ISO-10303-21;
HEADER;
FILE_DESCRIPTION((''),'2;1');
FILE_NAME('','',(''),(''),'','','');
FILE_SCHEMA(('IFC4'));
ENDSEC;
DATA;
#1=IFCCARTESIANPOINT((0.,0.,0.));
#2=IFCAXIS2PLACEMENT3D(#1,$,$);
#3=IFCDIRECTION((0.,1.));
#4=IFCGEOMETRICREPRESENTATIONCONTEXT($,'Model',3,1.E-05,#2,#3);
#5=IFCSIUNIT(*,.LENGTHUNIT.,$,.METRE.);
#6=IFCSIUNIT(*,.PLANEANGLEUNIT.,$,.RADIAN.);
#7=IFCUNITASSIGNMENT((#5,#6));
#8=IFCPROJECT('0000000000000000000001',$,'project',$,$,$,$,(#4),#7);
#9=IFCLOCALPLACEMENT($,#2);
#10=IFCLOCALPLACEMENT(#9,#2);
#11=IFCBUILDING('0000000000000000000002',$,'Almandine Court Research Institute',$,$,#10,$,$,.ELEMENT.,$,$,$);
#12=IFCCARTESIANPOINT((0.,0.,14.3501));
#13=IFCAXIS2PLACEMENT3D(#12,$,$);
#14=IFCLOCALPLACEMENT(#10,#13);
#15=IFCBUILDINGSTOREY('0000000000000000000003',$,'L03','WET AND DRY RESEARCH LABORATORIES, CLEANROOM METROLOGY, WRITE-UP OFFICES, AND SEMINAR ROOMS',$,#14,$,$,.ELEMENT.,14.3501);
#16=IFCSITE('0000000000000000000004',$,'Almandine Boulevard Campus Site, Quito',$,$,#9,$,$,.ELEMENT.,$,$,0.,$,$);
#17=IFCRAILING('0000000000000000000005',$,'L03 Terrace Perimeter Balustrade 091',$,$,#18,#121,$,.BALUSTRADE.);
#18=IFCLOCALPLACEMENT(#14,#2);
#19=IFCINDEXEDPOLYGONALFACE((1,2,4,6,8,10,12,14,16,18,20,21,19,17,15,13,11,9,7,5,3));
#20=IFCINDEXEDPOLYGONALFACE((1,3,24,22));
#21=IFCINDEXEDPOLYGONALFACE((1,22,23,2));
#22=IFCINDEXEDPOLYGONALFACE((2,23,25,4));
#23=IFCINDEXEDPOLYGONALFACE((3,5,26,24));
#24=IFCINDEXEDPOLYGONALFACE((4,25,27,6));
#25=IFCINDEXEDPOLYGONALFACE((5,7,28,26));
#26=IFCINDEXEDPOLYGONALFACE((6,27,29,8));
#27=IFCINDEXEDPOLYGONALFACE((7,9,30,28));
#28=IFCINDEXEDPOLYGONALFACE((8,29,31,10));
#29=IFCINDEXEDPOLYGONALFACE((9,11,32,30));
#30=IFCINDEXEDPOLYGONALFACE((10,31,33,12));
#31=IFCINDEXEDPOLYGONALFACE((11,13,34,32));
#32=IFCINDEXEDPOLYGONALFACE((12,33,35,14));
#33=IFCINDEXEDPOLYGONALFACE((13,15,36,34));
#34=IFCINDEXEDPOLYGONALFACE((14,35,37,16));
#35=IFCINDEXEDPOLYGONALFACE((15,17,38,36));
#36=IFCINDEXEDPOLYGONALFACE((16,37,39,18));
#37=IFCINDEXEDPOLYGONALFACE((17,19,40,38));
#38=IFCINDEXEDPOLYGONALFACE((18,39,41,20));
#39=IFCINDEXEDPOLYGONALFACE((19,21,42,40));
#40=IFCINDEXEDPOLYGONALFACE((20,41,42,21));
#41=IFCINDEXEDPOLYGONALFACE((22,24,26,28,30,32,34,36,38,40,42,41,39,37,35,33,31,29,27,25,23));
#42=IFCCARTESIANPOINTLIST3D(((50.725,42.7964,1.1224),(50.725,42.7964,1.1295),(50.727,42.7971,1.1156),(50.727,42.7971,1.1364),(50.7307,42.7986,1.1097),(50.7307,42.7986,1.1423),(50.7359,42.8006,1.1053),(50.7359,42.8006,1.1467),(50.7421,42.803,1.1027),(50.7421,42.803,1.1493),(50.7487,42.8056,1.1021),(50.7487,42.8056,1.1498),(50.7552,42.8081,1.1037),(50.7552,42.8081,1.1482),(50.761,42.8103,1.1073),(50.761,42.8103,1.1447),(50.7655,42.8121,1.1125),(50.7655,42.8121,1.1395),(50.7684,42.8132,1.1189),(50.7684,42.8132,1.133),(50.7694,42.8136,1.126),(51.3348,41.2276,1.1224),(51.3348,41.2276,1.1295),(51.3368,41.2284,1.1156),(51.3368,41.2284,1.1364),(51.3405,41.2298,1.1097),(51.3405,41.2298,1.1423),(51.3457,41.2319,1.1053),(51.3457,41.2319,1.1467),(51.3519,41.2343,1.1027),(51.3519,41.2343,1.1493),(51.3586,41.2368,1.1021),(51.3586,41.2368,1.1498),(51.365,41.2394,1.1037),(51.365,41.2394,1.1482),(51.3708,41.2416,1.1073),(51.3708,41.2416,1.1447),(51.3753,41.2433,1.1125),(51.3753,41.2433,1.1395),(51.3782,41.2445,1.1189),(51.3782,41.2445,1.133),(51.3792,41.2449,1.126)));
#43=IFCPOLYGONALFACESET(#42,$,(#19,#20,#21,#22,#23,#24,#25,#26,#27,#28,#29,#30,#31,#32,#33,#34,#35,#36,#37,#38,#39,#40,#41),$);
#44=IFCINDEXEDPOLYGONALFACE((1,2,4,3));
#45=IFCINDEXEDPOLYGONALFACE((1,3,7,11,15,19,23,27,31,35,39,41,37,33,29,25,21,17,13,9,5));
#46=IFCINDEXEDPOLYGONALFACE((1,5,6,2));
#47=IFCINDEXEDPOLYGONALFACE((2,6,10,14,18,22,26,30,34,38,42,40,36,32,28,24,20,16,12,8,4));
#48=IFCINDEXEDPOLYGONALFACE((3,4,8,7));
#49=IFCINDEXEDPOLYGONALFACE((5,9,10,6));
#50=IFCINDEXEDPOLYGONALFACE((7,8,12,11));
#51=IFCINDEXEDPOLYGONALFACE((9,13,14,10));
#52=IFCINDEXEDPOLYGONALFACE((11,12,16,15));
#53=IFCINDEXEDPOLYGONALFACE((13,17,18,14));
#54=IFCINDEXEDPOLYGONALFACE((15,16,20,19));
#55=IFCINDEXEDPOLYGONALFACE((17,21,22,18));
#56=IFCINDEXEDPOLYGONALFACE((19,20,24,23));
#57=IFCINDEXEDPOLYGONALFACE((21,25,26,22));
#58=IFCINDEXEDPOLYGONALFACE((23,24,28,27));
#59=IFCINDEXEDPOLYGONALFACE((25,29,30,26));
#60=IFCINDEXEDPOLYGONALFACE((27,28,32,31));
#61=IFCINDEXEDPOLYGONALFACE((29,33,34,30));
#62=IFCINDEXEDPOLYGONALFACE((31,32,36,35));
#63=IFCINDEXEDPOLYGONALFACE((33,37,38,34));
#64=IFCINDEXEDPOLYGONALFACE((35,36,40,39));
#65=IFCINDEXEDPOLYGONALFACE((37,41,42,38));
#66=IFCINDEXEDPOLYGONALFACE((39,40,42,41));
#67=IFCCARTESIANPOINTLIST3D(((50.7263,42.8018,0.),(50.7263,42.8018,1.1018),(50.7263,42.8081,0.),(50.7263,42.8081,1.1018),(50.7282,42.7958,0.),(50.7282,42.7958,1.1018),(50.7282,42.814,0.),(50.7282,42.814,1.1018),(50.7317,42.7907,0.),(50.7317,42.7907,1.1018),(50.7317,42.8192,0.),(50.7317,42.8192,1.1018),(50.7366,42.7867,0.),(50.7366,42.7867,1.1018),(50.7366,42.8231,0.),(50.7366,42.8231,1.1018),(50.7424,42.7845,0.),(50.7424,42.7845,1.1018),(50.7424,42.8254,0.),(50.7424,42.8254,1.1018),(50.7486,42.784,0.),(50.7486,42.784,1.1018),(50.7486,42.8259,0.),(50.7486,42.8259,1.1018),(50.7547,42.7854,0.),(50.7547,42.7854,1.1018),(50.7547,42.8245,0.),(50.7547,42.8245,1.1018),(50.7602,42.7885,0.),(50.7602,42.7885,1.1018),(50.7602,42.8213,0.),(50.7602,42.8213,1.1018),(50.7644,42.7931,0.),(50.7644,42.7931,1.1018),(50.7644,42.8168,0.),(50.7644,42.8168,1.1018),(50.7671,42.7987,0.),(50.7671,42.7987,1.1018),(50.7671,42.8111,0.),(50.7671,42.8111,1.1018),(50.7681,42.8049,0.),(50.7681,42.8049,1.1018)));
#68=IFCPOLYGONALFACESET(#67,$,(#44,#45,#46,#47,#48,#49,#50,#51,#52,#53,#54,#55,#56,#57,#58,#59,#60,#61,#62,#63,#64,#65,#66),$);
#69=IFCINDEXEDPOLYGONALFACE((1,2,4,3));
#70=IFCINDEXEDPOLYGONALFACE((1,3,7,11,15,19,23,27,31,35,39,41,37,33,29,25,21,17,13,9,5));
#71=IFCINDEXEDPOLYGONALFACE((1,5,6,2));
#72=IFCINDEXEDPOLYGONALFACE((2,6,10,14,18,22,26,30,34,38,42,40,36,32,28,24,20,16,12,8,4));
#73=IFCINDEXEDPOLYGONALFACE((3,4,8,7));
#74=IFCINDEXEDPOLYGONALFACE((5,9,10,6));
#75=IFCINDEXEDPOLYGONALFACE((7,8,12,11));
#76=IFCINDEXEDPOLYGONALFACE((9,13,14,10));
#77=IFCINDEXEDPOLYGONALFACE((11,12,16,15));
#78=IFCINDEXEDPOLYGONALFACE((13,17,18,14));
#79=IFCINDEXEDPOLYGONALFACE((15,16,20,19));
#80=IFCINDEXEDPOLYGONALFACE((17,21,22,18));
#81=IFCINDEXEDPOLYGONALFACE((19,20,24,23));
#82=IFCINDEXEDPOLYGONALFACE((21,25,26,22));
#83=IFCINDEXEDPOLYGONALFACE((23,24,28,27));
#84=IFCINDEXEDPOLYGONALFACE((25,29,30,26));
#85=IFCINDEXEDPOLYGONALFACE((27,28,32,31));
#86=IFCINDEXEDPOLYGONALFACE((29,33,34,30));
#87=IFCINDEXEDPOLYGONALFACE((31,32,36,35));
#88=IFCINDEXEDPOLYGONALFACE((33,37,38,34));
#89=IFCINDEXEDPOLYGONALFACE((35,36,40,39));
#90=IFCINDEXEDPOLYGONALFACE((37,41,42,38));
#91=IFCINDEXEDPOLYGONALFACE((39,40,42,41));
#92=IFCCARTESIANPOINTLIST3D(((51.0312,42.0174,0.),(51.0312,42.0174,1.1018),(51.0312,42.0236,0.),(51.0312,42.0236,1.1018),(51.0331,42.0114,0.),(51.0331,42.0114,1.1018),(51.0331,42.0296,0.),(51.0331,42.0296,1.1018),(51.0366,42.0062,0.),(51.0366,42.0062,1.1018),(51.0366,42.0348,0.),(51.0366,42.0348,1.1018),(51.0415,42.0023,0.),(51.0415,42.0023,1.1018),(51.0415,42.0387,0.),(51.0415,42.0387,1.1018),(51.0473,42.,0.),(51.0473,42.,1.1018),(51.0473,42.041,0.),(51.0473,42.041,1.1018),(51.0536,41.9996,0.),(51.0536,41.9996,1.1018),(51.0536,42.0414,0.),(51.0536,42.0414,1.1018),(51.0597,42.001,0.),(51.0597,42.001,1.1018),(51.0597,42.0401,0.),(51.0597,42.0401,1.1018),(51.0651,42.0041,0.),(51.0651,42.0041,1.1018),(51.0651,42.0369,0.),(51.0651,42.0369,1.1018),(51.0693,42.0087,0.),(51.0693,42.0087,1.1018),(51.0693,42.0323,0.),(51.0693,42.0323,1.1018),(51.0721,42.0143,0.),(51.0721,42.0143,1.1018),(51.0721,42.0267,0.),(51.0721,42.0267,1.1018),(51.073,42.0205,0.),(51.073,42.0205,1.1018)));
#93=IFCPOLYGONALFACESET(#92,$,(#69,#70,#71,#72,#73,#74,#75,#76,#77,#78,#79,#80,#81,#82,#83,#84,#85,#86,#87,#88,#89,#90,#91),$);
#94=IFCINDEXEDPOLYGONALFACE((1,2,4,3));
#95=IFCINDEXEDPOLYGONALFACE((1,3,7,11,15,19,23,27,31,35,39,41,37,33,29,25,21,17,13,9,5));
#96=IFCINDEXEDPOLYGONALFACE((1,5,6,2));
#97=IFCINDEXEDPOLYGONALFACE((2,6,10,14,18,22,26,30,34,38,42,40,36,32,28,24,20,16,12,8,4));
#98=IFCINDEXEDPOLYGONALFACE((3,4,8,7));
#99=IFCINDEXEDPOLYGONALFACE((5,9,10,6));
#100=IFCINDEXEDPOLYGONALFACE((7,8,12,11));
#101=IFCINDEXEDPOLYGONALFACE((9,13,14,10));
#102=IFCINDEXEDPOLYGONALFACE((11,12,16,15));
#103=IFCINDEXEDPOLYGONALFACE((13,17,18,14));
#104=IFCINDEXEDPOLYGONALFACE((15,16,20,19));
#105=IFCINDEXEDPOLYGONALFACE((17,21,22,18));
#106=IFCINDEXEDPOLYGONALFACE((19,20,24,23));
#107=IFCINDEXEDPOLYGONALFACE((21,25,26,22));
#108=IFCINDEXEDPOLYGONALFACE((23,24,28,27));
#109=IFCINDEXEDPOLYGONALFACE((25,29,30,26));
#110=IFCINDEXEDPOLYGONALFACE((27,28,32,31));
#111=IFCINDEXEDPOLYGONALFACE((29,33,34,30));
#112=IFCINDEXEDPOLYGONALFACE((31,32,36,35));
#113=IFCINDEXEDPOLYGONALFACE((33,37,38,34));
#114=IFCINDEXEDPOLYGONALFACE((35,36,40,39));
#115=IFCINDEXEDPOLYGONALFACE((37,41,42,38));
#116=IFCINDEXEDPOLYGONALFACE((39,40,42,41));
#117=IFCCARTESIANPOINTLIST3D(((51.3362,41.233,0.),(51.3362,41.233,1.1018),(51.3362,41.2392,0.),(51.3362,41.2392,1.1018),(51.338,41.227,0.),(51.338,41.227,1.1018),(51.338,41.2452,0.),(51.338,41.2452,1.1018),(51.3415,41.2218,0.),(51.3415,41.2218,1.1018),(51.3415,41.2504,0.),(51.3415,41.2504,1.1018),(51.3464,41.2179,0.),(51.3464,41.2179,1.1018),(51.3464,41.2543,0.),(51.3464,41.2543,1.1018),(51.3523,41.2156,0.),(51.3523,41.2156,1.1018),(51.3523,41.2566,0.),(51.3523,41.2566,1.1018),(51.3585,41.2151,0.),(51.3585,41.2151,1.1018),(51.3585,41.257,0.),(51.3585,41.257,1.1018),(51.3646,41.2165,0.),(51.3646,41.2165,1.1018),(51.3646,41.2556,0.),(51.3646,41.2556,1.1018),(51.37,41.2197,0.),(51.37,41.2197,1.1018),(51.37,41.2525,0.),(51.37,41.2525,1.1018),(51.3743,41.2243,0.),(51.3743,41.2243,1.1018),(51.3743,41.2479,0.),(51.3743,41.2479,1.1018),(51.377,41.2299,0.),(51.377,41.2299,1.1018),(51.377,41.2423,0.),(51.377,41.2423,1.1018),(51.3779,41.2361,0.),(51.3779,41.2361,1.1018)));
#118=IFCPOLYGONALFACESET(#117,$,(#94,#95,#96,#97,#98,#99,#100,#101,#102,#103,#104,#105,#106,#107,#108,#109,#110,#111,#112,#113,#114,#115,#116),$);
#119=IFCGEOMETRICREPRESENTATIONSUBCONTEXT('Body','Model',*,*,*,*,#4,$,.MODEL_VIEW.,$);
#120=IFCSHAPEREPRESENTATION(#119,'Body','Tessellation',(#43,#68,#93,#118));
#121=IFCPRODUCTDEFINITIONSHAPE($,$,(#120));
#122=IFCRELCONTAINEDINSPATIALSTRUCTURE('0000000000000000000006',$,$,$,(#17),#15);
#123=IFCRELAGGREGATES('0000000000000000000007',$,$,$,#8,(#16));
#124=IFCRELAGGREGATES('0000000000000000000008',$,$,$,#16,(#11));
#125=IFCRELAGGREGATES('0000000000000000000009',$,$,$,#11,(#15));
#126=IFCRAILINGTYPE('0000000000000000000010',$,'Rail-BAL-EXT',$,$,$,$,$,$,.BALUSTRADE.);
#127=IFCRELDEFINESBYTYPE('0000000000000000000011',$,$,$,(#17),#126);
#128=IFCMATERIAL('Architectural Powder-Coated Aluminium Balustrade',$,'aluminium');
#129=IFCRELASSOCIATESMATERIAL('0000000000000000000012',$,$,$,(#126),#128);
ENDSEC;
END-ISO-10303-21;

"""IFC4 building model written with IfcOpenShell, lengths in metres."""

from ifc_helpers import new_model, si_unit, direction, frame, origin, origin_2d, place, context, subcontext, project, spatial, circle, extrude, material, type_object, element, save


model = new_model("IFC4")

# Units and contexts
model_context = context("Model", 3, precision=1e-05, world=origin(), true_north=direction((0.0, 1.0)))
body_context = subcontext(model_context, "Body", "Model", "MODEL_VIEW")
ifc_project = project(units=[si_unit("LENGTHUNIT", "METRE"), si_unit("PLANEANGLEUNIT", "RADIAN")], contexts=[model_context])

# Site, building, storey
site_placement = place(None, origin())
site = spatial("IfcSite", under=ifc_project, at=site_placement, Name="Almandine Boulevard Campus Site, Quito", CompositionType="ELEMENT", RefElevation=0.0)
building_placement = place(site_placement, origin())
building = spatial("IfcBuilding", under=site, at=building_placement, Name="Almandine Court Research Institute", CompositionType="ELEMENT")
storey_placement = place(building_placement, frame((0.0, 0.0, 14.3501)))
storey = spatial("IfcBuildingStorey", under=building, at=storey_placement, Name="L03", Description="WET AND DRY RESEARCH LABORATORIES, CLEANROOM METROLOGY, WRITE-UP OFFICES, AND SEMINAR ROOMS", CompositionType="ELEMENT", Elevation=14.3501)

# Railing
ifc_material_1 = material(Name="Architectural Powder-Coated Aluminium Balustrade", Category="aluminium")
railing_type = type_object("IfcRailingType", Name="Rail-BAL-EXT", PredefinedType="BALUSTRADE", material=ifc_material_1)
railing_1_placement = place(storey_placement, frame((50.7471, 42.8049, 0.0)))
element("IfcRailing", 1, at=railing_1_placement, inside=storey, type_object=railing_type, Name="L03 Terrace Perimeter Balustrade 091", PredefinedType="BALUSTRADE", context=body_context, shape_type="SweptSolid", body=[
    extrude(circle(Radius=0.0239, at=origin_2d()), frame((0.0, 0.0, 1.126), z_axis=(0.36232, -0.932054, 0.0), x_axis=(0.932054, 0.36232, 0.0)), (0.0, 0.0, 1.0), 1.6831),
    extrude(circle(Radius=0.021, at=origin_2d()), origin(), (0.0, 0.0, 1.0), 1.1018),
    extrude(circle(Radius=0.021, at=origin_2d()), frame((0.3049, -0.7844, 0.0)), (0.0, 0.0, 1.0), 1.1018),
    extrude(circle(Radius=0.021, at=origin_2d()), frame((0.6099, -1.5688, 0.0)), (0.0, 0.0, 1.0), 1.1018),
])

save(model, "model.ifc")
